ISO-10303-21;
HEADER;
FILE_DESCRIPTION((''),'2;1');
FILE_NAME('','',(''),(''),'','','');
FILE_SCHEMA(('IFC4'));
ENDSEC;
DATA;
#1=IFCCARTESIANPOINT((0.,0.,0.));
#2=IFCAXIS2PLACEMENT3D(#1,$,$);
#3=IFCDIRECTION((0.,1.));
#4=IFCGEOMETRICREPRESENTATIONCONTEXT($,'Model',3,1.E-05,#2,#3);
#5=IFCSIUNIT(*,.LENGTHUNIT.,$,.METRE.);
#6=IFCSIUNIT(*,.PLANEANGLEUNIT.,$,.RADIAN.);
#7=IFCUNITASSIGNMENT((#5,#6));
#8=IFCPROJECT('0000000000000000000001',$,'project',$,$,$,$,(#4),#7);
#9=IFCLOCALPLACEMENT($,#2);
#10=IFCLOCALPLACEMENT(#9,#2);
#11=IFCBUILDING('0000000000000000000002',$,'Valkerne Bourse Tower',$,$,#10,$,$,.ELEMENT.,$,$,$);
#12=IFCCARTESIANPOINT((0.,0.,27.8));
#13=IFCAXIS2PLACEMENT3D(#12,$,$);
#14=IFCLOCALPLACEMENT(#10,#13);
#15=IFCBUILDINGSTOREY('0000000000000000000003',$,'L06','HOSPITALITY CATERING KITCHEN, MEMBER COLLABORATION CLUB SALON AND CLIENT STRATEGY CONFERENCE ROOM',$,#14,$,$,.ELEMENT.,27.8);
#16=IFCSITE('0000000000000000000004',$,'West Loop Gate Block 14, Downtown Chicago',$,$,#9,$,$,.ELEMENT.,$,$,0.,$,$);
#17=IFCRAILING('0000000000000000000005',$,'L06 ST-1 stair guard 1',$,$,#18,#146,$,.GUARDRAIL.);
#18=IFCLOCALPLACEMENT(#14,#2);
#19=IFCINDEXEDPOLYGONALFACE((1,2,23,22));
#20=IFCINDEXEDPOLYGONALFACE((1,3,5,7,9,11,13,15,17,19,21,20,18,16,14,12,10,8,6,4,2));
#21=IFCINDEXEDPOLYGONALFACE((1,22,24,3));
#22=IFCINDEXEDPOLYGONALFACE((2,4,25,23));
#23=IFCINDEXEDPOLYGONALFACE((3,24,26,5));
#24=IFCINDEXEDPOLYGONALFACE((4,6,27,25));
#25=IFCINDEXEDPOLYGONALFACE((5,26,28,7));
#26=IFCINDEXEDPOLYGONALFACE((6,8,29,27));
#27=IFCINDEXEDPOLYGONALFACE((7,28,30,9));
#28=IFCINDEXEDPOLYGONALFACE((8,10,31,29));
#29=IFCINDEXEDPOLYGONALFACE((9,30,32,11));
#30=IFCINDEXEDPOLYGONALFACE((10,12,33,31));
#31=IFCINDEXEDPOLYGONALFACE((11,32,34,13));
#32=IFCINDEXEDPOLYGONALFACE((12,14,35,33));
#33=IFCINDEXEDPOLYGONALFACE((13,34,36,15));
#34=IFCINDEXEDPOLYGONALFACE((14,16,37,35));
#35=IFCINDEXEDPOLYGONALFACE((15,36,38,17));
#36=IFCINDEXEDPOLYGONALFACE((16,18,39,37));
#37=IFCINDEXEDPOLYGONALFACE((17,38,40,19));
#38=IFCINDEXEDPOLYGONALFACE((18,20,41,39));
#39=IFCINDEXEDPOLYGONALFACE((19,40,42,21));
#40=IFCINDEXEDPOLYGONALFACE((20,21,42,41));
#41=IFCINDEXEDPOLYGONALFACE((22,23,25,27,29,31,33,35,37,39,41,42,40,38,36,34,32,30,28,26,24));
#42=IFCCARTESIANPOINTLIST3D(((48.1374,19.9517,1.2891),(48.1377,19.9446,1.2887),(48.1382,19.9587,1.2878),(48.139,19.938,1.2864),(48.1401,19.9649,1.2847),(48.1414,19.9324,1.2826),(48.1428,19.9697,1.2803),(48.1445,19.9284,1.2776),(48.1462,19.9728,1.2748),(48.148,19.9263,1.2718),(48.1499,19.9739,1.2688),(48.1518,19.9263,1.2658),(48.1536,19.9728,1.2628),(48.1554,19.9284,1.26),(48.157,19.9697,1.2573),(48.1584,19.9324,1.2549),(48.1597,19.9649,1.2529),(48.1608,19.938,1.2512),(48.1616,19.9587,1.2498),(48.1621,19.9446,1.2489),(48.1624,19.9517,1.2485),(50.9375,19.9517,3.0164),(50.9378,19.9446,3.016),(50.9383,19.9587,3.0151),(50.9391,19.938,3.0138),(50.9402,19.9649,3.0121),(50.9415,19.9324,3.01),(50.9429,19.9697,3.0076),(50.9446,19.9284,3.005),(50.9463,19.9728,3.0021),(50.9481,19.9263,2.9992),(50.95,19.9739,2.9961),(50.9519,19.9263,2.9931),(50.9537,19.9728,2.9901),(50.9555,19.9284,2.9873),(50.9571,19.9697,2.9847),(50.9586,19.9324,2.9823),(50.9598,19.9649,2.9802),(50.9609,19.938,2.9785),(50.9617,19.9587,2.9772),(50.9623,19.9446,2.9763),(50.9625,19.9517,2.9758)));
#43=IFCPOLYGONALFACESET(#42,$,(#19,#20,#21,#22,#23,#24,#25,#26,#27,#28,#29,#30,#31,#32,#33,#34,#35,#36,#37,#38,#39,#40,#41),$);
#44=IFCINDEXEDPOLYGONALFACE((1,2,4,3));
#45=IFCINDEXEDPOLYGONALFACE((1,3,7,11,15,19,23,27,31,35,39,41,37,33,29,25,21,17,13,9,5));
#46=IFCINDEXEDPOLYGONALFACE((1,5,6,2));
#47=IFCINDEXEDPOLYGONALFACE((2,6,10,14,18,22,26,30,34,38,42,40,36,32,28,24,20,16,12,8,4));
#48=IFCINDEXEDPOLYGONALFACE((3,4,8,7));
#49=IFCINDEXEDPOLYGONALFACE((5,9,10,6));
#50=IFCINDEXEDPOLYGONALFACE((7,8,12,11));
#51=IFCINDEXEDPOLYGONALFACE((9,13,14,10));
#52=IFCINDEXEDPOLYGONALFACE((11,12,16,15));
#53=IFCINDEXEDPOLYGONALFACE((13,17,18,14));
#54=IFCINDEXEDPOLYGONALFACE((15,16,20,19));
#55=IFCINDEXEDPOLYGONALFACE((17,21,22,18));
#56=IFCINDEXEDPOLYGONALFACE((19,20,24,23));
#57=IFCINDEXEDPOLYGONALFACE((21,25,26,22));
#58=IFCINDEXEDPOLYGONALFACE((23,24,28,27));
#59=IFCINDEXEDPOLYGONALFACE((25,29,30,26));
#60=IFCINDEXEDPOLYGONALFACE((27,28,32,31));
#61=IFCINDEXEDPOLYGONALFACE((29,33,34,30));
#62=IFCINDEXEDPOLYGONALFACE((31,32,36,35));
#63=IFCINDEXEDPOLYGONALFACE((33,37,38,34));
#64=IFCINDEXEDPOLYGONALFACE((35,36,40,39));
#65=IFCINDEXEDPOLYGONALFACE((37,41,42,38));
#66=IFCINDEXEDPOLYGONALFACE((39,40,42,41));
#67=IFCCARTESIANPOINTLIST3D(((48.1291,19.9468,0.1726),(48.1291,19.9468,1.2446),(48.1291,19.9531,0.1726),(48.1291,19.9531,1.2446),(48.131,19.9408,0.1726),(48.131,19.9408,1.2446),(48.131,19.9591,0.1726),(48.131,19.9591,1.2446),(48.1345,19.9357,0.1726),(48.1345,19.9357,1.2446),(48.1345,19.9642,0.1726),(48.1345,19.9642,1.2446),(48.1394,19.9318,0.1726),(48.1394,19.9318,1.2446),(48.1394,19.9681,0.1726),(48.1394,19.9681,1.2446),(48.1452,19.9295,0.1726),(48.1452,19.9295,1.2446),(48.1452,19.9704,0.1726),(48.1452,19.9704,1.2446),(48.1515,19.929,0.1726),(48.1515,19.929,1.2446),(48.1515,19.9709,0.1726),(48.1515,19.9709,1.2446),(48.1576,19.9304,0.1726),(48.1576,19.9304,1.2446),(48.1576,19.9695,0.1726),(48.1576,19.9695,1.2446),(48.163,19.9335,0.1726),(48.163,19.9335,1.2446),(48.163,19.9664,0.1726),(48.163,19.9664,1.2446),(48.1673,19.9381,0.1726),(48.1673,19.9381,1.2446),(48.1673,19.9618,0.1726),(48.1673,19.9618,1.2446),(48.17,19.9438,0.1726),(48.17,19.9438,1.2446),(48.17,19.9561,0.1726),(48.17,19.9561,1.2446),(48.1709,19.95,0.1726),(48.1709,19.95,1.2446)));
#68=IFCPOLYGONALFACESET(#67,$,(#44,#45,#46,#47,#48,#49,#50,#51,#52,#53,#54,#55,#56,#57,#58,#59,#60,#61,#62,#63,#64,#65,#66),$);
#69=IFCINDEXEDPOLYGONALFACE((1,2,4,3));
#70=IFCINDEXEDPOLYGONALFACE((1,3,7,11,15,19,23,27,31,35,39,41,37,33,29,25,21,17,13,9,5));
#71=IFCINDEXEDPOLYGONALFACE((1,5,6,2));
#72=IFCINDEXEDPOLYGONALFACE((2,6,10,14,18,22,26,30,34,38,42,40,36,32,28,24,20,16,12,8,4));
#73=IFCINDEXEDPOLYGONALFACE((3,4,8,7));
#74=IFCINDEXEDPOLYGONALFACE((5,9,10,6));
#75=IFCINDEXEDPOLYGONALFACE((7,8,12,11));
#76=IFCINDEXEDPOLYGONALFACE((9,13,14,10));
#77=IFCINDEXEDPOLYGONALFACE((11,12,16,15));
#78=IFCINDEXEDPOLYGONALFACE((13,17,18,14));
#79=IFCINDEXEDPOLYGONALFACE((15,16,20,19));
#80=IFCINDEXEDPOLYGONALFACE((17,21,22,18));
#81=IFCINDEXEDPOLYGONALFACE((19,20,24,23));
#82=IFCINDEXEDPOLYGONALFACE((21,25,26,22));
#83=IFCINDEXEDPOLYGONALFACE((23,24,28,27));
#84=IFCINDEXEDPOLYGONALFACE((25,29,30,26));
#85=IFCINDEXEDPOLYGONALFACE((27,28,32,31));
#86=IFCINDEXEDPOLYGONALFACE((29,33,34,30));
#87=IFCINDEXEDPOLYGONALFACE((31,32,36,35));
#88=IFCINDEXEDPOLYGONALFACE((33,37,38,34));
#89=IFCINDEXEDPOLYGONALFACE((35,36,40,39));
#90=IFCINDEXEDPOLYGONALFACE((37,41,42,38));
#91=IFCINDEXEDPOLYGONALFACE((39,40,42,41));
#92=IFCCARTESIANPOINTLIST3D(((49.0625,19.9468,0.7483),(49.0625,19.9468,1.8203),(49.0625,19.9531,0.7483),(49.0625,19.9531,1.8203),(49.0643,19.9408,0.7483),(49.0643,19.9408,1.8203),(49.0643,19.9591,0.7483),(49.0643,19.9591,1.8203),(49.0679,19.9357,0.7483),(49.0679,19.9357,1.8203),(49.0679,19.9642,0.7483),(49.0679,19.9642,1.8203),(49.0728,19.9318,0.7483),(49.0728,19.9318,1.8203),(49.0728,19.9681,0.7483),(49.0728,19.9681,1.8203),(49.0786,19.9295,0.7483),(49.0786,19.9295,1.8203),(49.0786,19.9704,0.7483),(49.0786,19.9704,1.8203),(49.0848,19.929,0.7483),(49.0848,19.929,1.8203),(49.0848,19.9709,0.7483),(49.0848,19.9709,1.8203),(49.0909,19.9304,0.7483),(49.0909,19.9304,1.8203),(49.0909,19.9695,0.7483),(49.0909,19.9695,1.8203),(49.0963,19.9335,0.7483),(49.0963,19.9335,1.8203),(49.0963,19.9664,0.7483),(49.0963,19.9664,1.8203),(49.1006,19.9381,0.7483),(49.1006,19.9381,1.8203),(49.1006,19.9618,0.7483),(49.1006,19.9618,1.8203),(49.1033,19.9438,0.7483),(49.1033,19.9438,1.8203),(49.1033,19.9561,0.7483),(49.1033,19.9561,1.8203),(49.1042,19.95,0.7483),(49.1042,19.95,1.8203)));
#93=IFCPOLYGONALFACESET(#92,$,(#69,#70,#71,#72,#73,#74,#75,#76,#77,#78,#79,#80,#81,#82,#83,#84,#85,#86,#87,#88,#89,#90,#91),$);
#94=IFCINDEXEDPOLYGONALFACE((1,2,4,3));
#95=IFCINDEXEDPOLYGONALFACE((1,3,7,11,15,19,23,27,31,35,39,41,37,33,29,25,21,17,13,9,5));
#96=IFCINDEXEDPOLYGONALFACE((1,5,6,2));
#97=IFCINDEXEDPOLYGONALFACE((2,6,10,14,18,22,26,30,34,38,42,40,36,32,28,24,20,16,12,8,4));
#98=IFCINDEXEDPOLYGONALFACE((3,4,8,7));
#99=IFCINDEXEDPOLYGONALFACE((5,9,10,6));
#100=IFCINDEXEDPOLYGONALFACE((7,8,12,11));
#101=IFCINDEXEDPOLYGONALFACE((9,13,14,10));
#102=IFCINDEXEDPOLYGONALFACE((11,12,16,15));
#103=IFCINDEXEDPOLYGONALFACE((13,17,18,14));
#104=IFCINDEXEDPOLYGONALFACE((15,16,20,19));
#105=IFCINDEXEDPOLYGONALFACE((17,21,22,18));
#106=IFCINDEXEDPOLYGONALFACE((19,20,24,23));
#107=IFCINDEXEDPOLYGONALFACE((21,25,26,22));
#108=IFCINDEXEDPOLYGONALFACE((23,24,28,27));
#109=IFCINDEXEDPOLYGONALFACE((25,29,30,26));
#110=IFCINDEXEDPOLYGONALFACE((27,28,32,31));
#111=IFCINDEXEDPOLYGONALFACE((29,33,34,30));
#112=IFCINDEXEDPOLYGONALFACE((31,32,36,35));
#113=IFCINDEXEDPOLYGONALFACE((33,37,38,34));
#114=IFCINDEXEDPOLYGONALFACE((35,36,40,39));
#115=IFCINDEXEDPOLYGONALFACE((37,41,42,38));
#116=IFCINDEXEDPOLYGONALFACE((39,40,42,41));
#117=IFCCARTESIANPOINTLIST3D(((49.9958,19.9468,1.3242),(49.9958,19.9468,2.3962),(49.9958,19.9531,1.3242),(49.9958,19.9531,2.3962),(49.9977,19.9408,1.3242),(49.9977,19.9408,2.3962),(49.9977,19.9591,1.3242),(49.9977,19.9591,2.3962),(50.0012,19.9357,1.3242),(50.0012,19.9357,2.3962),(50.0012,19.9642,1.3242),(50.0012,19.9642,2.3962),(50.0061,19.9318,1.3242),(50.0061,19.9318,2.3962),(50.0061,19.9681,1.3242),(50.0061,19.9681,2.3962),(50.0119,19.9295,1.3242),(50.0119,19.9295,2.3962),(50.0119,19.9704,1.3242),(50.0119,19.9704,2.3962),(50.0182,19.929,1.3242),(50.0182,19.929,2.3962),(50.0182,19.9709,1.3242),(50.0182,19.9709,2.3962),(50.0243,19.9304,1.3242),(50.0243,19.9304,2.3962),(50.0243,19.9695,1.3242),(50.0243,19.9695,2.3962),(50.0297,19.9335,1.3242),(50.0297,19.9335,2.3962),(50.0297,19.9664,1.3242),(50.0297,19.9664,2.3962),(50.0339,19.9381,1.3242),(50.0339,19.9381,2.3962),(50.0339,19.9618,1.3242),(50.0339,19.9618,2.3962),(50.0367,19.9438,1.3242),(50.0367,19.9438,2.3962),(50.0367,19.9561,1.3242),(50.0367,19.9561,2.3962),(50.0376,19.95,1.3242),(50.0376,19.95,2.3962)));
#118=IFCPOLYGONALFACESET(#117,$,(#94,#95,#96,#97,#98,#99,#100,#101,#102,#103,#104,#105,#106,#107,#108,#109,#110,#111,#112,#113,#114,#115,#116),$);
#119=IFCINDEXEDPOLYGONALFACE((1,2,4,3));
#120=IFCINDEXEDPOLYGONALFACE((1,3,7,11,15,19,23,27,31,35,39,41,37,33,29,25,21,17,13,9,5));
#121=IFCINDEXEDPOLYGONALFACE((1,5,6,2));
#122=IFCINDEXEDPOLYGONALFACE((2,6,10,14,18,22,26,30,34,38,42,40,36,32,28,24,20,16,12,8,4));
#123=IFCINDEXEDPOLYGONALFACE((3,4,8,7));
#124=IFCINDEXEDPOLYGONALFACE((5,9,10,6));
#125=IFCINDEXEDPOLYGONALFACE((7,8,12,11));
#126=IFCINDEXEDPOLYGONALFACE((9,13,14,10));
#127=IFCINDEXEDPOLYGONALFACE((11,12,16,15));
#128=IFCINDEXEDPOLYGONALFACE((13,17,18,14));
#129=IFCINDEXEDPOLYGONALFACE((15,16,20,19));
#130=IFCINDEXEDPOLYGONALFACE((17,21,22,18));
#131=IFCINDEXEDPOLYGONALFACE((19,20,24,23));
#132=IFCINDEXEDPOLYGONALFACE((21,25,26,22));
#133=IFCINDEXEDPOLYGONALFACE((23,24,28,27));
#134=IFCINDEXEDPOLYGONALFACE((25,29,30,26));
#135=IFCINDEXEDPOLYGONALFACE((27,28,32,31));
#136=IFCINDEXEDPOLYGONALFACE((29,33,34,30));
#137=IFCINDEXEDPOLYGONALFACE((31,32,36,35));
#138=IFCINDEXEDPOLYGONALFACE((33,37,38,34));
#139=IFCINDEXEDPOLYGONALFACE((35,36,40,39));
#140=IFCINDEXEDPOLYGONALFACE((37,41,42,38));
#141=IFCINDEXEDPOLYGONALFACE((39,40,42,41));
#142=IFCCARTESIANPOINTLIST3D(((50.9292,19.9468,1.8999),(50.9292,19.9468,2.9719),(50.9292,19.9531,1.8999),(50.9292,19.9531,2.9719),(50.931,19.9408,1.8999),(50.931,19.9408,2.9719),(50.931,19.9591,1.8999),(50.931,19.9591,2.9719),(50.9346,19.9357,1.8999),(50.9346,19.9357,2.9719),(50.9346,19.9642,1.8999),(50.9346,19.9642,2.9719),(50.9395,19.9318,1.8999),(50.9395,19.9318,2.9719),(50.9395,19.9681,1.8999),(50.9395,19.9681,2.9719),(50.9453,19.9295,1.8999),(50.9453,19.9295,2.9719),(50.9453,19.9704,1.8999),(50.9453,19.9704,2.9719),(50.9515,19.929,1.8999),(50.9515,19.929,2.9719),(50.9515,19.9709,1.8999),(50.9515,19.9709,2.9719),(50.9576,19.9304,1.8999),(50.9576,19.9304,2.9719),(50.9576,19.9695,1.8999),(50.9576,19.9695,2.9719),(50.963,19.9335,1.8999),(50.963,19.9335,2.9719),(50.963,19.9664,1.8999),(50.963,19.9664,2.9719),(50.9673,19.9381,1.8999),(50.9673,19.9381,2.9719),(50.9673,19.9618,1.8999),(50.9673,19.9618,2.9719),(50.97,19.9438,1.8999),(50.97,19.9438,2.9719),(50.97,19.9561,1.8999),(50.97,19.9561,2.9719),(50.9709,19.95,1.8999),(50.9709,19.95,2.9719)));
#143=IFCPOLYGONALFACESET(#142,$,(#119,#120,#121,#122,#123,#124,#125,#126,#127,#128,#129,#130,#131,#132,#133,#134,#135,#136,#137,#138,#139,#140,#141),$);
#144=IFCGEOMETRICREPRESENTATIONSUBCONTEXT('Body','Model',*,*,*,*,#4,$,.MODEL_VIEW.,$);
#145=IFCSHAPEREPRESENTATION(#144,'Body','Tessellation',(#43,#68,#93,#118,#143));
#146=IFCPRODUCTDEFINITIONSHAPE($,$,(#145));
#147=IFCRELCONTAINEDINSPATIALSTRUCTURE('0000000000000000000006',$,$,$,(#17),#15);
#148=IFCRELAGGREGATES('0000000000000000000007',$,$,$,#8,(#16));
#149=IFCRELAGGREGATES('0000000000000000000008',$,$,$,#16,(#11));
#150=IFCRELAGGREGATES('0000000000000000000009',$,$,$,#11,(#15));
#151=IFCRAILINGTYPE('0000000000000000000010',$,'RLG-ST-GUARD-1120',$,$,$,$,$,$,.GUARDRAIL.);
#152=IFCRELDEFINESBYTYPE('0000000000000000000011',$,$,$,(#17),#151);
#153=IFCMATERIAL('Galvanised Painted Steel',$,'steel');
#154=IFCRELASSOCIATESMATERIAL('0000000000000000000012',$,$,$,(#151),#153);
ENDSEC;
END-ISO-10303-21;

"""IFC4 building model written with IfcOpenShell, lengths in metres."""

from ifc_helpers import new_model, si_unit, direction, frame, origin, origin_2d, place, context, subcontext, project, spatial, circle, extrude, material, type_object, element, save


model = new_model("IFC4")

# Units and contexts
model_context = context("Model", 3, precision=1e-05, world=origin(), true_north=direction((0.0, 1.0)))
body_context = subcontext(model_context, "Body", "Model", "MODEL_VIEW")
ifc_project = project(units=[si_unit("LENGTHUNIT", "METRE"), si_unit("PLANEANGLEUNIT", "RADIAN")], contexts=[model_context])

# Site, building, storey
site_placement = place(None, origin())
site = spatial("IfcSite", under=ifc_project, at=site_placement, Name="West Loop Gate Block 14, Downtown Chicago", CompositionType="ELEMENT", RefElevation=0.0)
building_placement = place(site_placement, origin())
building = spatial("IfcBuilding", under=site, at=building_placement, Name="Valkerne Bourse Tower", CompositionType="ELEMENT")
storey_placement = place(building_placement, frame((0.0, 0.0, 27.8)))
storey = spatial("IfcBuildingStorey", under=building, at=storey_placement, Name="L06", Description="HOSPITALITY CATERING KITCHEN, MEMBER COLLABORATION CLUB SALON AND CLIENT STRATEGY CONFERENCE ROOM", CompositionType="ELEMENT", Elevation=27.8)

# Shared definitions
ifc_material_1 = material(Name="Galvanised Painted Steel", Category="steel")

# Railing
railing_type_1 = type_object("IfcRailingType", Name="RLG-ST-GUARD-1120", PredefinedType="GUARDRAIL", material=ifc_material_1)
railing_1_placement = place(storey_placement, frame((48.1499, 19.95, 0.1726)))
element("IfcRailing", 1, at=railing_1_placement, inside=storey, type_object=railing_type_1, Name="L06 ST-1 stair guard 1", PredefinedType="GUARDRAIL", context=body_context, shape_type="SweptSolid", body=[
    extrude(circle(Radius=0.0239, at=origin_2d()), frame((0.0, 0.0, 1.0962), z_axis=(0.85109, 0.0, 0.52502), x_axis=(0.0, 1.0, 0.0)), (0.0, 0.0, 1.0), 3.29),
    extrude(circle(Radius=0.021, at=origin_2d()), origin(), (0.0, 0.0, 1.0), 1.072),
    extrude(circle(Radius=0.021, at=origin_2d()), frame((0.9333, 0.0, 0.5757)), (0.0, 0.0, 1.0), 1.072),
    extrude(circle(Radius=0.021, at=origin_2d()), frame((1.8667, 0.0, 1.1516)), (0.0, 0.0, 1.0), 1.072),
    extrude(circle(Radius=0.021, at=origin_2d()), frame((2.8, 0.0, 1.7273)), (0.0, 0.0, 1.0), 1.072),
])

save(model, "model.ifc")
